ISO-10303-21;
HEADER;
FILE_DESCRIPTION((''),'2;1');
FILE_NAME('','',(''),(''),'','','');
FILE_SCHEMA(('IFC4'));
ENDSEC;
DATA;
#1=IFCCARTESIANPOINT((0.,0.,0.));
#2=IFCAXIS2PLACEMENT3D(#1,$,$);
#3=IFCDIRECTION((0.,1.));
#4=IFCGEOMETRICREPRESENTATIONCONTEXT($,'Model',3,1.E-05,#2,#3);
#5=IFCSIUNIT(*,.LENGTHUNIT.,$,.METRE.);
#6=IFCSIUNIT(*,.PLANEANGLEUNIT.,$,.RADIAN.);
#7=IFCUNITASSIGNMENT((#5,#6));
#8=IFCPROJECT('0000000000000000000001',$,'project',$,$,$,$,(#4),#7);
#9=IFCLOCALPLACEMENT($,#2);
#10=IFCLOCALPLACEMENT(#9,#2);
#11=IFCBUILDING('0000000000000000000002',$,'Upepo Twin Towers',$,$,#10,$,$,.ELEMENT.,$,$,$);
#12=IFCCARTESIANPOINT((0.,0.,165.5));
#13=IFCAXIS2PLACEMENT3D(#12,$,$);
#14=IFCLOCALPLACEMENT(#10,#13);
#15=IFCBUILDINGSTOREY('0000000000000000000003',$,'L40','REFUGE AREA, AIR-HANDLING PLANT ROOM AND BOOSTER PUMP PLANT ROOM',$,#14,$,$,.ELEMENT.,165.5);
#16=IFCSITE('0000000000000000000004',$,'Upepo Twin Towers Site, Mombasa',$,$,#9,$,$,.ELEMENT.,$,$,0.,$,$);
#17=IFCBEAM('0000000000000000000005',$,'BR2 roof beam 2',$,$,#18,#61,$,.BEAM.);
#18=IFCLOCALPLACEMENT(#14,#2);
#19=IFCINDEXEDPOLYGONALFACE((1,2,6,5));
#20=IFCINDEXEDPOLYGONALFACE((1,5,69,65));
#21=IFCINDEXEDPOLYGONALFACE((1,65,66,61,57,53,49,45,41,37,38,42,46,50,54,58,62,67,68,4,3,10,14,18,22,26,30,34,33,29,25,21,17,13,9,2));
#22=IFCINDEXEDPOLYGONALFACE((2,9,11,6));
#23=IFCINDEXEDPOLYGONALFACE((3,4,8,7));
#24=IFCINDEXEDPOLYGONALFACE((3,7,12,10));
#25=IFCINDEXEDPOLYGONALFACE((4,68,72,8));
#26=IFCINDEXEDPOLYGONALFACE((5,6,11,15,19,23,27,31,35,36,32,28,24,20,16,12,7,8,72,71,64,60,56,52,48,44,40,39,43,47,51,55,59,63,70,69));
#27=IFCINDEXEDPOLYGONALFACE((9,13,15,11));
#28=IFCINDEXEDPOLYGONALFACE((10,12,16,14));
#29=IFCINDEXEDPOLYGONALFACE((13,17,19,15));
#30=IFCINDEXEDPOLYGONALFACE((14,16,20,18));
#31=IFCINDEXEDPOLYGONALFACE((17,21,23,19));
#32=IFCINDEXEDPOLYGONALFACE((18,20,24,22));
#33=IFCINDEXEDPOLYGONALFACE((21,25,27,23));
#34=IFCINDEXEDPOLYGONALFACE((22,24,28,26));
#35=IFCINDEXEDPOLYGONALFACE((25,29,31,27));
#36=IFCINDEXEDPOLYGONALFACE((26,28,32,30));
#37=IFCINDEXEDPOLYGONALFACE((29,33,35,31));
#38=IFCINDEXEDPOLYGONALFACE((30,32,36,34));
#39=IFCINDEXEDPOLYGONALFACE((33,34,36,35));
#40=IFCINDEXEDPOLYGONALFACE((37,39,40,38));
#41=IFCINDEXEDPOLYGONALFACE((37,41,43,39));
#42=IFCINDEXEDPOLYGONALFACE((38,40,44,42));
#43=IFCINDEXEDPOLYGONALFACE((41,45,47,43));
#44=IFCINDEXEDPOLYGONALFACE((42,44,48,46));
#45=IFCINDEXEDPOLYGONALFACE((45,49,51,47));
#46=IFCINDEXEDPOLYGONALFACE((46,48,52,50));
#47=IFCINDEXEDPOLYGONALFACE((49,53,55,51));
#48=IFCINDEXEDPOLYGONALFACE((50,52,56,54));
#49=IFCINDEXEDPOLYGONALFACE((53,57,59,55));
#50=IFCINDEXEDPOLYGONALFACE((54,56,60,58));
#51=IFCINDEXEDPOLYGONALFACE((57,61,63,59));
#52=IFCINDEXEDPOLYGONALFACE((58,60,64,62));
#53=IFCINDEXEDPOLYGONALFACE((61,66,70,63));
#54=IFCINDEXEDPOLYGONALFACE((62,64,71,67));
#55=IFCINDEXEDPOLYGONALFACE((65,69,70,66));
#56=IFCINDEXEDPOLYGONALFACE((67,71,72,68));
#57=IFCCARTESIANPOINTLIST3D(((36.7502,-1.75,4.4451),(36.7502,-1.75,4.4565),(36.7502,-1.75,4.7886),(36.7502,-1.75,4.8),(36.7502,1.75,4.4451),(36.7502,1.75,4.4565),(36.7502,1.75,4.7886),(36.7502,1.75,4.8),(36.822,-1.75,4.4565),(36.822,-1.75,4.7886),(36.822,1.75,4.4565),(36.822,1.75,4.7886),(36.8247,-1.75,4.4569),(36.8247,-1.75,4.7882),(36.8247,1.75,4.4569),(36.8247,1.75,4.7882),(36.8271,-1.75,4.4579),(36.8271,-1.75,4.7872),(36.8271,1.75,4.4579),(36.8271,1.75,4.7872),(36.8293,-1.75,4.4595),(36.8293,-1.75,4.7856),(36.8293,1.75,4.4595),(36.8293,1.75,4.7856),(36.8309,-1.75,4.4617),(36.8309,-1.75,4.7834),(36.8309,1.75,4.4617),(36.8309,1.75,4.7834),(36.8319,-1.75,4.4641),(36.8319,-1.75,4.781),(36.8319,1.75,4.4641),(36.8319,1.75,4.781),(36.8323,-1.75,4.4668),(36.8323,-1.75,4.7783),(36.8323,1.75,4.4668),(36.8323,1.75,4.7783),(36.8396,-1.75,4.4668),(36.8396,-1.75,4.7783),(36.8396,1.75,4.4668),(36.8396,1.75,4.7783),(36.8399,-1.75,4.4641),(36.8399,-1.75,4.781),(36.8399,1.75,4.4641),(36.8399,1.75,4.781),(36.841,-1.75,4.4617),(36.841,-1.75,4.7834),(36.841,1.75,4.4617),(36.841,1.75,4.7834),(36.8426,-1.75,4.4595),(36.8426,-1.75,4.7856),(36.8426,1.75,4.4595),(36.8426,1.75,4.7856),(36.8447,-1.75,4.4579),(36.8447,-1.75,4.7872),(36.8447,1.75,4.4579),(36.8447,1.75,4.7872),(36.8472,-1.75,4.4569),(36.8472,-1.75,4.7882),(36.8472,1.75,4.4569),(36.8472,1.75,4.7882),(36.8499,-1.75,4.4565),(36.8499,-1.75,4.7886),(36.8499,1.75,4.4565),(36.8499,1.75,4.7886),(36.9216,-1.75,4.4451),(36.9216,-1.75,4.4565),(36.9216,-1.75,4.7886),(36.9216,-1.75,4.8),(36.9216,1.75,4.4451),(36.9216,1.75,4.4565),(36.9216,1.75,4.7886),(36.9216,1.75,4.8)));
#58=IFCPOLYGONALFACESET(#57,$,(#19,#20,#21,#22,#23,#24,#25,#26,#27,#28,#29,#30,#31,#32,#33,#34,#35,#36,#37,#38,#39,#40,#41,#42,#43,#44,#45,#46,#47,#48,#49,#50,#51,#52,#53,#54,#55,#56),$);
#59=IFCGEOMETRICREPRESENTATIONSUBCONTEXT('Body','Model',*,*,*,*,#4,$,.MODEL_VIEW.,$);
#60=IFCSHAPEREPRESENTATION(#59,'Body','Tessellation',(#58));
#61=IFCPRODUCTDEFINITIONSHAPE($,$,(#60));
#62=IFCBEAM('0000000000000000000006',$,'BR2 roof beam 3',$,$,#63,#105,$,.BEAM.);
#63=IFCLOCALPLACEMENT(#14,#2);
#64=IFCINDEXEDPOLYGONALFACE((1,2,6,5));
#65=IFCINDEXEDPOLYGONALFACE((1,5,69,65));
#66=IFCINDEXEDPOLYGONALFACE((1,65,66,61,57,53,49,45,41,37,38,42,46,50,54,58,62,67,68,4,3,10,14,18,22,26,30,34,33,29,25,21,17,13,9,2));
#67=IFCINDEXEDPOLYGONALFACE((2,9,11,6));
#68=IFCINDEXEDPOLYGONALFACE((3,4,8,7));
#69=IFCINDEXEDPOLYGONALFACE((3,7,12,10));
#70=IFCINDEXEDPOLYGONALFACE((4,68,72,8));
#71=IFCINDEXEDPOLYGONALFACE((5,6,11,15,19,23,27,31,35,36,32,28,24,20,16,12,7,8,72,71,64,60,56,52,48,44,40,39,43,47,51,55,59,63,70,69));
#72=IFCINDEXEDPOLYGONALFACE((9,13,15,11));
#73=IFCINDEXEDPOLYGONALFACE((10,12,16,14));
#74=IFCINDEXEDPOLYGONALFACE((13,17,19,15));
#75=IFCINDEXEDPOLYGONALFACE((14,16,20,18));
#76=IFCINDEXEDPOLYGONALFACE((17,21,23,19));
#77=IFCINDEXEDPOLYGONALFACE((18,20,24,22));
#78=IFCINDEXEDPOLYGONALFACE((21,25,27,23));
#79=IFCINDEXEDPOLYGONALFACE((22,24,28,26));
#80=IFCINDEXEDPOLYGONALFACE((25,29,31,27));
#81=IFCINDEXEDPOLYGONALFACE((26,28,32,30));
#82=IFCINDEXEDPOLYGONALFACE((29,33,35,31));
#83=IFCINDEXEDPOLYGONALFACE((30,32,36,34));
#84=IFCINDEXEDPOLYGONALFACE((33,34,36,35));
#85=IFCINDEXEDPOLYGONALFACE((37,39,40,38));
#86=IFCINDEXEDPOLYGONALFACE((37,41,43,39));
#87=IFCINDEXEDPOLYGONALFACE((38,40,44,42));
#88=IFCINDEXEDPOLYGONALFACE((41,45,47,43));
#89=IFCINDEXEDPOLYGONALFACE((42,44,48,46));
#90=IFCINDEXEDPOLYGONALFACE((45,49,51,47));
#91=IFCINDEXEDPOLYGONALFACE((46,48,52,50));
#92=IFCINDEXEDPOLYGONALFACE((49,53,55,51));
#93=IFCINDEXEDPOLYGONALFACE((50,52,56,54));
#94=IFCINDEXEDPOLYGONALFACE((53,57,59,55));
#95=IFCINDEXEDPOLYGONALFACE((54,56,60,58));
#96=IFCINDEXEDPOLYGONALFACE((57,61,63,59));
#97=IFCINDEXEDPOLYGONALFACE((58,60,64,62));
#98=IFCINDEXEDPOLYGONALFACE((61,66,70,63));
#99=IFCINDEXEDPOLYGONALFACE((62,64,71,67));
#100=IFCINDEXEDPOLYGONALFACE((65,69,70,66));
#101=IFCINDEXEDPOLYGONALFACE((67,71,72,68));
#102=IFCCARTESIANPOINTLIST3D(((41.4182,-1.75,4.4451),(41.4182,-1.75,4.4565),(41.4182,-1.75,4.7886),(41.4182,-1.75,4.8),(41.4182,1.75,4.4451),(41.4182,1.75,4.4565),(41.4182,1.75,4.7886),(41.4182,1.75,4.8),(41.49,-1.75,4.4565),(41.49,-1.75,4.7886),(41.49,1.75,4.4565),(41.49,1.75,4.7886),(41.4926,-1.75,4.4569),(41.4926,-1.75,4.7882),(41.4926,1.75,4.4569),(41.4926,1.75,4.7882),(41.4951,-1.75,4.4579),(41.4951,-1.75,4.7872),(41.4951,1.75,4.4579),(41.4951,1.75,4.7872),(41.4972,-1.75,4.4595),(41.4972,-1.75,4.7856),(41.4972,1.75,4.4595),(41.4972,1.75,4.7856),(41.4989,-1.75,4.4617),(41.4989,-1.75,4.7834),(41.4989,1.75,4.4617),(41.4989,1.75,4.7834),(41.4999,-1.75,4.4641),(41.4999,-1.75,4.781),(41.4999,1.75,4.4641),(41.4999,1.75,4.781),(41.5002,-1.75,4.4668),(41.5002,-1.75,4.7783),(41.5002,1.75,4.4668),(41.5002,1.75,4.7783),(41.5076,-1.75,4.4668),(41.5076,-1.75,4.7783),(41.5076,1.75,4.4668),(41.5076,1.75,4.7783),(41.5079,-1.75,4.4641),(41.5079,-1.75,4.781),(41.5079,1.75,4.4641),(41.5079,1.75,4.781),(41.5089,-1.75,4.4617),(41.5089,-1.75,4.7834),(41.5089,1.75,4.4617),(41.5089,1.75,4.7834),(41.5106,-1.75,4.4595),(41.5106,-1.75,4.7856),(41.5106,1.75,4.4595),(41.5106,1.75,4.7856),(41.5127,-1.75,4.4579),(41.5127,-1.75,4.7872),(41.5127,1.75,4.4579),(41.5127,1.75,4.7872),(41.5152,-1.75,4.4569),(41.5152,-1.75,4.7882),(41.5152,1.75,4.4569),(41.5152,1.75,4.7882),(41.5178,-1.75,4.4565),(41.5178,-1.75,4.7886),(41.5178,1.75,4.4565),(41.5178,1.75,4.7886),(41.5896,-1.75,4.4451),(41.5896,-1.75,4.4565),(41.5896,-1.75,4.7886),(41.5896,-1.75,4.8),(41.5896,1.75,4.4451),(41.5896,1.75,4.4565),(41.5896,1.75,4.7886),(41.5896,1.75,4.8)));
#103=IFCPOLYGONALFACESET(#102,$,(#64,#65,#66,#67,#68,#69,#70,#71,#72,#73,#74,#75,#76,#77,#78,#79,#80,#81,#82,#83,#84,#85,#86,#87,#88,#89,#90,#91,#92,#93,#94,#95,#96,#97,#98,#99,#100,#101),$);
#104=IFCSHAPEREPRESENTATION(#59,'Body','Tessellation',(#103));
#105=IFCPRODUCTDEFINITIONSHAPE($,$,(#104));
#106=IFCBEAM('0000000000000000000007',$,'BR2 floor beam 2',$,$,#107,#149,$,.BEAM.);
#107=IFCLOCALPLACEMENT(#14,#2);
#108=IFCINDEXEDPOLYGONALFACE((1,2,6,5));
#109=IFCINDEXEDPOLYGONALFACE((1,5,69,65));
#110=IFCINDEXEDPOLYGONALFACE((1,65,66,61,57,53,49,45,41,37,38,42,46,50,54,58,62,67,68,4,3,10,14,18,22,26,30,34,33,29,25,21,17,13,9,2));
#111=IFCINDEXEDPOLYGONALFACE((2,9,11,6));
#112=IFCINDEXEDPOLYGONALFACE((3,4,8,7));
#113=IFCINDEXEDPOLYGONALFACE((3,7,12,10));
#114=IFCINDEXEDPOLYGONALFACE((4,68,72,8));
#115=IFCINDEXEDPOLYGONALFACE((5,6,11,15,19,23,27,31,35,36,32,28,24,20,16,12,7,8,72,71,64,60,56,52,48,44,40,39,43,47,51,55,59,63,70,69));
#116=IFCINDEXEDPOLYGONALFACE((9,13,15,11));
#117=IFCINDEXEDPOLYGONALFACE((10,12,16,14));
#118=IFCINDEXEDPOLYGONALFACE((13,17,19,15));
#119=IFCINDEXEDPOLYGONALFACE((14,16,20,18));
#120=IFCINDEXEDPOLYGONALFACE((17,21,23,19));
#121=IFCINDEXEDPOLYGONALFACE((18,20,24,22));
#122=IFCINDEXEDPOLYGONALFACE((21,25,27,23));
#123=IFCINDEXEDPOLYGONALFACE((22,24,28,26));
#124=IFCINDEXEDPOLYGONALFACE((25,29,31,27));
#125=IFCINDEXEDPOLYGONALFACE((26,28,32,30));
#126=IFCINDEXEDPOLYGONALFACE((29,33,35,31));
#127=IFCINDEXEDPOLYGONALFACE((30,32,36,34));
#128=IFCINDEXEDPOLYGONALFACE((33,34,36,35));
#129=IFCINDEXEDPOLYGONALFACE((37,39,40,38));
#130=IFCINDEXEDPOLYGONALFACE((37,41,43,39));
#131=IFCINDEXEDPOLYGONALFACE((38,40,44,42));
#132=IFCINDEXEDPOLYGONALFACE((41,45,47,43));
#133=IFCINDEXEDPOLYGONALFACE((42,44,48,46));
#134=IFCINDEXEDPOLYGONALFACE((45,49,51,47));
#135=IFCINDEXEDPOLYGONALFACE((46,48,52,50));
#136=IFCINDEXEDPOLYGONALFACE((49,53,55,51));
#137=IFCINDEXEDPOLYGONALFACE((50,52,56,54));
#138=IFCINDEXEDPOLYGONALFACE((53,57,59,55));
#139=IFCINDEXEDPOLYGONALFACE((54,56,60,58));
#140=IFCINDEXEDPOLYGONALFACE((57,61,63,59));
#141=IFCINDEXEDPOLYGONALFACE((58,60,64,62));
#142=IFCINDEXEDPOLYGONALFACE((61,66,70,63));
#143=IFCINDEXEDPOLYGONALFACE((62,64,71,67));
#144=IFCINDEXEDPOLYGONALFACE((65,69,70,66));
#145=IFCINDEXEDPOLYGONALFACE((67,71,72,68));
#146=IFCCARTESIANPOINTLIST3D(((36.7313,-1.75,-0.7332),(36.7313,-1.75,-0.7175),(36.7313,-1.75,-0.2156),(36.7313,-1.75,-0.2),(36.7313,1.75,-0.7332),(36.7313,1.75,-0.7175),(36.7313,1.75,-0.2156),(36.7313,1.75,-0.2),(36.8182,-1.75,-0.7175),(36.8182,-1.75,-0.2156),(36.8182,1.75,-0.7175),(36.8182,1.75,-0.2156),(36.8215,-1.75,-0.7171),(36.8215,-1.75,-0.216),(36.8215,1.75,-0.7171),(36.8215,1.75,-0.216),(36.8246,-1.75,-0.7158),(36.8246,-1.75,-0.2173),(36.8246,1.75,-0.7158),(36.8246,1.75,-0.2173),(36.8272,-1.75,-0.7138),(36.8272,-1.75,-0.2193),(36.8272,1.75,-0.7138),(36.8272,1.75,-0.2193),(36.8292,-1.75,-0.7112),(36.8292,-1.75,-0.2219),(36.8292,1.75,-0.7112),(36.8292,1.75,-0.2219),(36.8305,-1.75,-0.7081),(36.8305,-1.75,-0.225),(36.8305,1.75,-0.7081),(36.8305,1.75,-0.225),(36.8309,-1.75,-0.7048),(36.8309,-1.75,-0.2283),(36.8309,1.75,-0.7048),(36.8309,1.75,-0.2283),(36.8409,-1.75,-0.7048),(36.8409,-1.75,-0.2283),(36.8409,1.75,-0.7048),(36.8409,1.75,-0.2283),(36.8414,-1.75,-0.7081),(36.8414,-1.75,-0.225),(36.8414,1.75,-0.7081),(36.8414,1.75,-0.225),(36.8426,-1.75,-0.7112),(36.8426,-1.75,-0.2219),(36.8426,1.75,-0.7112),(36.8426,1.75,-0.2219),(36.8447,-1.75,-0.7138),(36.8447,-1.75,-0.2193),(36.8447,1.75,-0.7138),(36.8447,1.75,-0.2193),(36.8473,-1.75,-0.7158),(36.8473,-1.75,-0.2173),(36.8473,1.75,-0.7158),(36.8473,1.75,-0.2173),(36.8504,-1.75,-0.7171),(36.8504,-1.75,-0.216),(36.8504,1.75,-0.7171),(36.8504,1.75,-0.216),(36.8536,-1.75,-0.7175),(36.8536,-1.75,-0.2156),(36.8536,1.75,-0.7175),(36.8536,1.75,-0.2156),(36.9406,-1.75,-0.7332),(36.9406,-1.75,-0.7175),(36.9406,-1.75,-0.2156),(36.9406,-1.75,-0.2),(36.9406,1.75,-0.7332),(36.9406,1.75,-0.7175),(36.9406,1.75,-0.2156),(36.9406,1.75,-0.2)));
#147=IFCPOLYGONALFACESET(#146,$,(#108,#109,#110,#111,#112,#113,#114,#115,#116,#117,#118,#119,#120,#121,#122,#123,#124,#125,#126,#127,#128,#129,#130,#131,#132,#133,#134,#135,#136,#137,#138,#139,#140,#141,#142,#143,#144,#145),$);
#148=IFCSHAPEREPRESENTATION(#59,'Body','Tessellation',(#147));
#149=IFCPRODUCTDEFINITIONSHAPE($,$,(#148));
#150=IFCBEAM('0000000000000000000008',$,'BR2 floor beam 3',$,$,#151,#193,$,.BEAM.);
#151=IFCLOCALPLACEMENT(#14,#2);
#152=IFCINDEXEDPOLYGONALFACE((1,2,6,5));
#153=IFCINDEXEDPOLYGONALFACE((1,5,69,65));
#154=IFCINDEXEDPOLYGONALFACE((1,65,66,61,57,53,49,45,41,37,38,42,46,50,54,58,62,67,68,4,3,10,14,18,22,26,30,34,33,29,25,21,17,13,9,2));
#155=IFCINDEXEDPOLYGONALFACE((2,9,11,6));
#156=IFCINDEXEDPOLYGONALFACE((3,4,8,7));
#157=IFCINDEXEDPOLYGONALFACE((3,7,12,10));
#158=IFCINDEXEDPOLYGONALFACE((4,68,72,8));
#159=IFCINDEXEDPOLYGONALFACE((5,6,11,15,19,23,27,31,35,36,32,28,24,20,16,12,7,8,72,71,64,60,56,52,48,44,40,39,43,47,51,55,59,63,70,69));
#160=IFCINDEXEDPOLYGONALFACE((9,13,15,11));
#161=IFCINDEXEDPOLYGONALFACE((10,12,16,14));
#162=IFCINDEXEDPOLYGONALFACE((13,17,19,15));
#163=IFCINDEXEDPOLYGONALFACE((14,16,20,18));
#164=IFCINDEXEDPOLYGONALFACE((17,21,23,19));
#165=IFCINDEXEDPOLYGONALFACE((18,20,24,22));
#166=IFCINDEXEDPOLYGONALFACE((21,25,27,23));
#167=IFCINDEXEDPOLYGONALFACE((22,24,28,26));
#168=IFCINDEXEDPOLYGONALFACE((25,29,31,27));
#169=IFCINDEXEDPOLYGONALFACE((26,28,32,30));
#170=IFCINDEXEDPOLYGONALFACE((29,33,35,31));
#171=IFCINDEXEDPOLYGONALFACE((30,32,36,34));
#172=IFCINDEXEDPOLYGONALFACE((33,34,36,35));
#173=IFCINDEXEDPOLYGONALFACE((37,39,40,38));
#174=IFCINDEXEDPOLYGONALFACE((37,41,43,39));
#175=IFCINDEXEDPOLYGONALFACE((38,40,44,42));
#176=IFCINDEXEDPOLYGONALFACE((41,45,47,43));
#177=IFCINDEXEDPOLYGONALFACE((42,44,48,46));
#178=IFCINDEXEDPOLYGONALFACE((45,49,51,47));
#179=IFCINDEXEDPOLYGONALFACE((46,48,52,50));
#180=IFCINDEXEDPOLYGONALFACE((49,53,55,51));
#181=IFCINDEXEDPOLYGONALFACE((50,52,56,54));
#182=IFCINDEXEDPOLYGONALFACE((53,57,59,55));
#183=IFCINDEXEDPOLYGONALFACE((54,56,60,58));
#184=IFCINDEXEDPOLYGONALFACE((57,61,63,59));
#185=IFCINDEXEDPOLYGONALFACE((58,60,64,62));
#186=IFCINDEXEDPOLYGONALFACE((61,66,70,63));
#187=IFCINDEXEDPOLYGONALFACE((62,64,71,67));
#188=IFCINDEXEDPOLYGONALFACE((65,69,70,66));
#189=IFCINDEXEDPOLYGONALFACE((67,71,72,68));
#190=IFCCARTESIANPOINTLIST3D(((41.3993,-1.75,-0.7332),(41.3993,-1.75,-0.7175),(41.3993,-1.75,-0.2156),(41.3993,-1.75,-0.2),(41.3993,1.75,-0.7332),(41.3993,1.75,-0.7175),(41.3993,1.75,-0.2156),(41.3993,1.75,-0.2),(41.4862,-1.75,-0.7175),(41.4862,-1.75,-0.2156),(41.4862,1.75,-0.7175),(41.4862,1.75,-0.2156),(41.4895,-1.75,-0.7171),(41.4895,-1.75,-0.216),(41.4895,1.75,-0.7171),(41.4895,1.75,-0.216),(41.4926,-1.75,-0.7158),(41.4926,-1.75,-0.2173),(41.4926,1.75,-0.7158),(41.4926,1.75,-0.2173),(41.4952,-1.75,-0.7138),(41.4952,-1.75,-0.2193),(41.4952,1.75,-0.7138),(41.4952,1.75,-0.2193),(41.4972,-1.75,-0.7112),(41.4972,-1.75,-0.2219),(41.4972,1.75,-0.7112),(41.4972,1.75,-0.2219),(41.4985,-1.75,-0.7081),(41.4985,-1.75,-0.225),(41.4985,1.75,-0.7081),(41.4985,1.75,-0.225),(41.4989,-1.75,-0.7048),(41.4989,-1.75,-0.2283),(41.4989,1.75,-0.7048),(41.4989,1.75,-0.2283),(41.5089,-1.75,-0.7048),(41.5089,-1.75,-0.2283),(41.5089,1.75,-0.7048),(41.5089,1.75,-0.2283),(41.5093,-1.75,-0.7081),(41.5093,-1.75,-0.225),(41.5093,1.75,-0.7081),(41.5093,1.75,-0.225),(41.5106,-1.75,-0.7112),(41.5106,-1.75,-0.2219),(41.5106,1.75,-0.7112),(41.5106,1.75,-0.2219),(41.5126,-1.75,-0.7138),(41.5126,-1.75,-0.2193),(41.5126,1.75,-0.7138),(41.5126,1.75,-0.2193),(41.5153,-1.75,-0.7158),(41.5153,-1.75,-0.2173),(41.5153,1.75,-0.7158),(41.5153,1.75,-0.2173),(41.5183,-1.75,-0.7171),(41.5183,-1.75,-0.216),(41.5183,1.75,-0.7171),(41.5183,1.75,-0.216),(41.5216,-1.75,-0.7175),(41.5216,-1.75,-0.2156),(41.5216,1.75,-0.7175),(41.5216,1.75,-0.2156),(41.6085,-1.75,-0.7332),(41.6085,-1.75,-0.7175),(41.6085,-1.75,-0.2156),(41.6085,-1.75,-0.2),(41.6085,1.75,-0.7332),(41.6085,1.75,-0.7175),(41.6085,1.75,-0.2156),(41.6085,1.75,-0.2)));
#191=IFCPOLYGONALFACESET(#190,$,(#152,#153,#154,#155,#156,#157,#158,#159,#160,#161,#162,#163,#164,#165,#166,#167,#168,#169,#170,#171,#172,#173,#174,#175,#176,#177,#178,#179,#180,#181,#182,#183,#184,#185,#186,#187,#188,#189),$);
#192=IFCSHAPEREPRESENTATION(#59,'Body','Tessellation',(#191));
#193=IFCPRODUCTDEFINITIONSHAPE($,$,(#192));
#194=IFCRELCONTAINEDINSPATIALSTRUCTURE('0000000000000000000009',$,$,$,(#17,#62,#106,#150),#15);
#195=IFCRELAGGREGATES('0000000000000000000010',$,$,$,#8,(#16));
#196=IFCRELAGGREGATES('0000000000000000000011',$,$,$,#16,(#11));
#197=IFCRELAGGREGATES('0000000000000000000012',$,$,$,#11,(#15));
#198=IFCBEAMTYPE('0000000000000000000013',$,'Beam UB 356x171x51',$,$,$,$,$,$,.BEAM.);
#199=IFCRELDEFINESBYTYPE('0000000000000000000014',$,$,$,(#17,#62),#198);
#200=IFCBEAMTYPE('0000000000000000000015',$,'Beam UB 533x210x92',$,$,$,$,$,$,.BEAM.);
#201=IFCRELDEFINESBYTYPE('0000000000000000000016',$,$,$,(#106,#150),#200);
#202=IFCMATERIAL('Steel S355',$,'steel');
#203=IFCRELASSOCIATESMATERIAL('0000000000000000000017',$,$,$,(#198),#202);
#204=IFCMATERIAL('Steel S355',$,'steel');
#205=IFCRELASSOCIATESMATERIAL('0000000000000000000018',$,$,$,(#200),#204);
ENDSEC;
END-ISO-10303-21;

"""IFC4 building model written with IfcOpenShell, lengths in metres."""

from ifc_helpers import new_model, si_unit, direction, frame, origin, origin_2d, place, context, subcontext, project, spatial, i_section, extrude, material, material_profile, profile_set, type_object, element, save


model = new_model("IFC4")

# Units and contexts
model_context = context("Model", 3, precision=1e-05, world=origin(), true_north=direction((0.0, 1.0)))
body_context = subcontext(model_context, "Body", "Model", "MODEL_VIEW")
ifc_project = project(units=[si_unit("LENGTHUNIT", "METRE"), si_unit("PLANEANGLEUNIT", "RADIAN")], contexts=[model_context])

# Site, building, storey
site_placement = place(None, origin())
site = spatial("IfcSite", under=ifc_project, at=site_placement, Name="Upepo Twin Towers Site, Mombasa", CompositionType="ELEMENT", RefElevation=0.0)
building_placement = place(site_placement, origin())
building = spatial("IfcBuilding", under=site, at=building_placement, Name="Upepo Twin Towers", CompositionType="ELEMENT")
storey_placement = place(building_placement, frame((0.0, 0.0, 165.5)))
storey = spatial("IfcBuildingStorey", under=building, at=storey_placement, Name="L40", Description="REFUGE AREA, AIR-HANDLING PLANT ROOM AND BOOSTER PUMP PLANT ROOM", CompositionType="ELEMENT", Elevation=165.5)

# Beams
ifc_material_1 = material(Name="Steel S355", Category="steel")
ifc_material_profile_1 = material_profile(ifc_material_1, i_section(OverallWidth=0.1714, OverallDepth=0.355, WebThickness=0.0073, FlangeThickness=0.0115, FilletRadius=0.0103, at=origin_2d()), Name="UB 356x171x51")
ifc_profile_set_1 = profile_set([ifc_material_profile_1], Name="Steel S355")
beam_type_1 = type_object("IfcBeamType", Name="Beam UB 356x171x51", PredefinedType="BEAM", material=ifc_profile_set_1)
for number, where, z_axis, x_axis, name in (
    (1, (36.8359, -1.75, 4.6226), (0.0, 1.0, 0.0), (-1.0, 0.0, 0.0), "BR2 roof beam 2"),
    (2, (41.5039, -1.75, 4.6226), (0.0, 1.0, 0.0), (-1.0, 0.0, 0.0), "BR2 roof beam 3"),
):
    element("IfcBeam", number, at=place(storey_placement, frame(where, z_axis=z_axis, x_axis=x_axis)), inside=storey, type_object=beam_type_1, Name=name, PredefinedType="BEAM", context=body_context, shape_type="SweptSolid", body=[
        extrude(i_section(OverallWidth=0.1714, OverallDepth=0.355, WebThickness=0.0073, FlangeThickness=0.0115, FilletRadius=0.0103, at=origin_2d()), origin(), (0.0, 0.0, 1.0), 3.5),
    ])
ifc_material_2 = material(Name="Steel S355", Category="steel")
ifc_material_profile_2 = material_profile(ifc_material_2, i_section(OverallWidth=0.2092, OverallDepth=0.5332, WebThickness=0.01, FlangeThickness=0.0156, FilletRadius=0.0127, at=origin_2d()), Name="UB 533x210x92")
ifc_profile_set_2 = profile_set([ifc_material_profile_2], Name="Steel S355")
beam_type_2 = type_object("IfcBeamType", Name="Beam UB 533x210x92", PredefinedType="BEAM", material=ifc_profile_set_2)
for number, where, z_axis, x_axis, name in (
    (3, (36.8359, -1.75, -0.4666), (0.0, 1.0, 0.0), (-1.0, 0.0, 0.0), "BR2 floor beam 2"),
    (4, (41.5039, -1.75, -0.4666), (0.0, 1.0, 0.0), (-1.0, 0.0, 0.0), "BR2 floor beam 3"),
):
    element("IfcBeam", number, at=place(storey_placement, frame(where, z_axis=z_axis, x_axis=x_axis)), inside=storey, type_object=beam_type_2, Name=name, PredefinedType="BEAM", context=body_context, shape_type="SweptSolid", body=[
        extrude(i_section(OverallWidth=0.2092, OverallDepth=0.5332, WebThickness=0.01, FlangeThickness=0.0156, FilletRadius=0.0127, at=origin_2d()), origin(), (0.0, 0.0, 1.0), 3.5),
    ])

save(model, "model.ifc")
